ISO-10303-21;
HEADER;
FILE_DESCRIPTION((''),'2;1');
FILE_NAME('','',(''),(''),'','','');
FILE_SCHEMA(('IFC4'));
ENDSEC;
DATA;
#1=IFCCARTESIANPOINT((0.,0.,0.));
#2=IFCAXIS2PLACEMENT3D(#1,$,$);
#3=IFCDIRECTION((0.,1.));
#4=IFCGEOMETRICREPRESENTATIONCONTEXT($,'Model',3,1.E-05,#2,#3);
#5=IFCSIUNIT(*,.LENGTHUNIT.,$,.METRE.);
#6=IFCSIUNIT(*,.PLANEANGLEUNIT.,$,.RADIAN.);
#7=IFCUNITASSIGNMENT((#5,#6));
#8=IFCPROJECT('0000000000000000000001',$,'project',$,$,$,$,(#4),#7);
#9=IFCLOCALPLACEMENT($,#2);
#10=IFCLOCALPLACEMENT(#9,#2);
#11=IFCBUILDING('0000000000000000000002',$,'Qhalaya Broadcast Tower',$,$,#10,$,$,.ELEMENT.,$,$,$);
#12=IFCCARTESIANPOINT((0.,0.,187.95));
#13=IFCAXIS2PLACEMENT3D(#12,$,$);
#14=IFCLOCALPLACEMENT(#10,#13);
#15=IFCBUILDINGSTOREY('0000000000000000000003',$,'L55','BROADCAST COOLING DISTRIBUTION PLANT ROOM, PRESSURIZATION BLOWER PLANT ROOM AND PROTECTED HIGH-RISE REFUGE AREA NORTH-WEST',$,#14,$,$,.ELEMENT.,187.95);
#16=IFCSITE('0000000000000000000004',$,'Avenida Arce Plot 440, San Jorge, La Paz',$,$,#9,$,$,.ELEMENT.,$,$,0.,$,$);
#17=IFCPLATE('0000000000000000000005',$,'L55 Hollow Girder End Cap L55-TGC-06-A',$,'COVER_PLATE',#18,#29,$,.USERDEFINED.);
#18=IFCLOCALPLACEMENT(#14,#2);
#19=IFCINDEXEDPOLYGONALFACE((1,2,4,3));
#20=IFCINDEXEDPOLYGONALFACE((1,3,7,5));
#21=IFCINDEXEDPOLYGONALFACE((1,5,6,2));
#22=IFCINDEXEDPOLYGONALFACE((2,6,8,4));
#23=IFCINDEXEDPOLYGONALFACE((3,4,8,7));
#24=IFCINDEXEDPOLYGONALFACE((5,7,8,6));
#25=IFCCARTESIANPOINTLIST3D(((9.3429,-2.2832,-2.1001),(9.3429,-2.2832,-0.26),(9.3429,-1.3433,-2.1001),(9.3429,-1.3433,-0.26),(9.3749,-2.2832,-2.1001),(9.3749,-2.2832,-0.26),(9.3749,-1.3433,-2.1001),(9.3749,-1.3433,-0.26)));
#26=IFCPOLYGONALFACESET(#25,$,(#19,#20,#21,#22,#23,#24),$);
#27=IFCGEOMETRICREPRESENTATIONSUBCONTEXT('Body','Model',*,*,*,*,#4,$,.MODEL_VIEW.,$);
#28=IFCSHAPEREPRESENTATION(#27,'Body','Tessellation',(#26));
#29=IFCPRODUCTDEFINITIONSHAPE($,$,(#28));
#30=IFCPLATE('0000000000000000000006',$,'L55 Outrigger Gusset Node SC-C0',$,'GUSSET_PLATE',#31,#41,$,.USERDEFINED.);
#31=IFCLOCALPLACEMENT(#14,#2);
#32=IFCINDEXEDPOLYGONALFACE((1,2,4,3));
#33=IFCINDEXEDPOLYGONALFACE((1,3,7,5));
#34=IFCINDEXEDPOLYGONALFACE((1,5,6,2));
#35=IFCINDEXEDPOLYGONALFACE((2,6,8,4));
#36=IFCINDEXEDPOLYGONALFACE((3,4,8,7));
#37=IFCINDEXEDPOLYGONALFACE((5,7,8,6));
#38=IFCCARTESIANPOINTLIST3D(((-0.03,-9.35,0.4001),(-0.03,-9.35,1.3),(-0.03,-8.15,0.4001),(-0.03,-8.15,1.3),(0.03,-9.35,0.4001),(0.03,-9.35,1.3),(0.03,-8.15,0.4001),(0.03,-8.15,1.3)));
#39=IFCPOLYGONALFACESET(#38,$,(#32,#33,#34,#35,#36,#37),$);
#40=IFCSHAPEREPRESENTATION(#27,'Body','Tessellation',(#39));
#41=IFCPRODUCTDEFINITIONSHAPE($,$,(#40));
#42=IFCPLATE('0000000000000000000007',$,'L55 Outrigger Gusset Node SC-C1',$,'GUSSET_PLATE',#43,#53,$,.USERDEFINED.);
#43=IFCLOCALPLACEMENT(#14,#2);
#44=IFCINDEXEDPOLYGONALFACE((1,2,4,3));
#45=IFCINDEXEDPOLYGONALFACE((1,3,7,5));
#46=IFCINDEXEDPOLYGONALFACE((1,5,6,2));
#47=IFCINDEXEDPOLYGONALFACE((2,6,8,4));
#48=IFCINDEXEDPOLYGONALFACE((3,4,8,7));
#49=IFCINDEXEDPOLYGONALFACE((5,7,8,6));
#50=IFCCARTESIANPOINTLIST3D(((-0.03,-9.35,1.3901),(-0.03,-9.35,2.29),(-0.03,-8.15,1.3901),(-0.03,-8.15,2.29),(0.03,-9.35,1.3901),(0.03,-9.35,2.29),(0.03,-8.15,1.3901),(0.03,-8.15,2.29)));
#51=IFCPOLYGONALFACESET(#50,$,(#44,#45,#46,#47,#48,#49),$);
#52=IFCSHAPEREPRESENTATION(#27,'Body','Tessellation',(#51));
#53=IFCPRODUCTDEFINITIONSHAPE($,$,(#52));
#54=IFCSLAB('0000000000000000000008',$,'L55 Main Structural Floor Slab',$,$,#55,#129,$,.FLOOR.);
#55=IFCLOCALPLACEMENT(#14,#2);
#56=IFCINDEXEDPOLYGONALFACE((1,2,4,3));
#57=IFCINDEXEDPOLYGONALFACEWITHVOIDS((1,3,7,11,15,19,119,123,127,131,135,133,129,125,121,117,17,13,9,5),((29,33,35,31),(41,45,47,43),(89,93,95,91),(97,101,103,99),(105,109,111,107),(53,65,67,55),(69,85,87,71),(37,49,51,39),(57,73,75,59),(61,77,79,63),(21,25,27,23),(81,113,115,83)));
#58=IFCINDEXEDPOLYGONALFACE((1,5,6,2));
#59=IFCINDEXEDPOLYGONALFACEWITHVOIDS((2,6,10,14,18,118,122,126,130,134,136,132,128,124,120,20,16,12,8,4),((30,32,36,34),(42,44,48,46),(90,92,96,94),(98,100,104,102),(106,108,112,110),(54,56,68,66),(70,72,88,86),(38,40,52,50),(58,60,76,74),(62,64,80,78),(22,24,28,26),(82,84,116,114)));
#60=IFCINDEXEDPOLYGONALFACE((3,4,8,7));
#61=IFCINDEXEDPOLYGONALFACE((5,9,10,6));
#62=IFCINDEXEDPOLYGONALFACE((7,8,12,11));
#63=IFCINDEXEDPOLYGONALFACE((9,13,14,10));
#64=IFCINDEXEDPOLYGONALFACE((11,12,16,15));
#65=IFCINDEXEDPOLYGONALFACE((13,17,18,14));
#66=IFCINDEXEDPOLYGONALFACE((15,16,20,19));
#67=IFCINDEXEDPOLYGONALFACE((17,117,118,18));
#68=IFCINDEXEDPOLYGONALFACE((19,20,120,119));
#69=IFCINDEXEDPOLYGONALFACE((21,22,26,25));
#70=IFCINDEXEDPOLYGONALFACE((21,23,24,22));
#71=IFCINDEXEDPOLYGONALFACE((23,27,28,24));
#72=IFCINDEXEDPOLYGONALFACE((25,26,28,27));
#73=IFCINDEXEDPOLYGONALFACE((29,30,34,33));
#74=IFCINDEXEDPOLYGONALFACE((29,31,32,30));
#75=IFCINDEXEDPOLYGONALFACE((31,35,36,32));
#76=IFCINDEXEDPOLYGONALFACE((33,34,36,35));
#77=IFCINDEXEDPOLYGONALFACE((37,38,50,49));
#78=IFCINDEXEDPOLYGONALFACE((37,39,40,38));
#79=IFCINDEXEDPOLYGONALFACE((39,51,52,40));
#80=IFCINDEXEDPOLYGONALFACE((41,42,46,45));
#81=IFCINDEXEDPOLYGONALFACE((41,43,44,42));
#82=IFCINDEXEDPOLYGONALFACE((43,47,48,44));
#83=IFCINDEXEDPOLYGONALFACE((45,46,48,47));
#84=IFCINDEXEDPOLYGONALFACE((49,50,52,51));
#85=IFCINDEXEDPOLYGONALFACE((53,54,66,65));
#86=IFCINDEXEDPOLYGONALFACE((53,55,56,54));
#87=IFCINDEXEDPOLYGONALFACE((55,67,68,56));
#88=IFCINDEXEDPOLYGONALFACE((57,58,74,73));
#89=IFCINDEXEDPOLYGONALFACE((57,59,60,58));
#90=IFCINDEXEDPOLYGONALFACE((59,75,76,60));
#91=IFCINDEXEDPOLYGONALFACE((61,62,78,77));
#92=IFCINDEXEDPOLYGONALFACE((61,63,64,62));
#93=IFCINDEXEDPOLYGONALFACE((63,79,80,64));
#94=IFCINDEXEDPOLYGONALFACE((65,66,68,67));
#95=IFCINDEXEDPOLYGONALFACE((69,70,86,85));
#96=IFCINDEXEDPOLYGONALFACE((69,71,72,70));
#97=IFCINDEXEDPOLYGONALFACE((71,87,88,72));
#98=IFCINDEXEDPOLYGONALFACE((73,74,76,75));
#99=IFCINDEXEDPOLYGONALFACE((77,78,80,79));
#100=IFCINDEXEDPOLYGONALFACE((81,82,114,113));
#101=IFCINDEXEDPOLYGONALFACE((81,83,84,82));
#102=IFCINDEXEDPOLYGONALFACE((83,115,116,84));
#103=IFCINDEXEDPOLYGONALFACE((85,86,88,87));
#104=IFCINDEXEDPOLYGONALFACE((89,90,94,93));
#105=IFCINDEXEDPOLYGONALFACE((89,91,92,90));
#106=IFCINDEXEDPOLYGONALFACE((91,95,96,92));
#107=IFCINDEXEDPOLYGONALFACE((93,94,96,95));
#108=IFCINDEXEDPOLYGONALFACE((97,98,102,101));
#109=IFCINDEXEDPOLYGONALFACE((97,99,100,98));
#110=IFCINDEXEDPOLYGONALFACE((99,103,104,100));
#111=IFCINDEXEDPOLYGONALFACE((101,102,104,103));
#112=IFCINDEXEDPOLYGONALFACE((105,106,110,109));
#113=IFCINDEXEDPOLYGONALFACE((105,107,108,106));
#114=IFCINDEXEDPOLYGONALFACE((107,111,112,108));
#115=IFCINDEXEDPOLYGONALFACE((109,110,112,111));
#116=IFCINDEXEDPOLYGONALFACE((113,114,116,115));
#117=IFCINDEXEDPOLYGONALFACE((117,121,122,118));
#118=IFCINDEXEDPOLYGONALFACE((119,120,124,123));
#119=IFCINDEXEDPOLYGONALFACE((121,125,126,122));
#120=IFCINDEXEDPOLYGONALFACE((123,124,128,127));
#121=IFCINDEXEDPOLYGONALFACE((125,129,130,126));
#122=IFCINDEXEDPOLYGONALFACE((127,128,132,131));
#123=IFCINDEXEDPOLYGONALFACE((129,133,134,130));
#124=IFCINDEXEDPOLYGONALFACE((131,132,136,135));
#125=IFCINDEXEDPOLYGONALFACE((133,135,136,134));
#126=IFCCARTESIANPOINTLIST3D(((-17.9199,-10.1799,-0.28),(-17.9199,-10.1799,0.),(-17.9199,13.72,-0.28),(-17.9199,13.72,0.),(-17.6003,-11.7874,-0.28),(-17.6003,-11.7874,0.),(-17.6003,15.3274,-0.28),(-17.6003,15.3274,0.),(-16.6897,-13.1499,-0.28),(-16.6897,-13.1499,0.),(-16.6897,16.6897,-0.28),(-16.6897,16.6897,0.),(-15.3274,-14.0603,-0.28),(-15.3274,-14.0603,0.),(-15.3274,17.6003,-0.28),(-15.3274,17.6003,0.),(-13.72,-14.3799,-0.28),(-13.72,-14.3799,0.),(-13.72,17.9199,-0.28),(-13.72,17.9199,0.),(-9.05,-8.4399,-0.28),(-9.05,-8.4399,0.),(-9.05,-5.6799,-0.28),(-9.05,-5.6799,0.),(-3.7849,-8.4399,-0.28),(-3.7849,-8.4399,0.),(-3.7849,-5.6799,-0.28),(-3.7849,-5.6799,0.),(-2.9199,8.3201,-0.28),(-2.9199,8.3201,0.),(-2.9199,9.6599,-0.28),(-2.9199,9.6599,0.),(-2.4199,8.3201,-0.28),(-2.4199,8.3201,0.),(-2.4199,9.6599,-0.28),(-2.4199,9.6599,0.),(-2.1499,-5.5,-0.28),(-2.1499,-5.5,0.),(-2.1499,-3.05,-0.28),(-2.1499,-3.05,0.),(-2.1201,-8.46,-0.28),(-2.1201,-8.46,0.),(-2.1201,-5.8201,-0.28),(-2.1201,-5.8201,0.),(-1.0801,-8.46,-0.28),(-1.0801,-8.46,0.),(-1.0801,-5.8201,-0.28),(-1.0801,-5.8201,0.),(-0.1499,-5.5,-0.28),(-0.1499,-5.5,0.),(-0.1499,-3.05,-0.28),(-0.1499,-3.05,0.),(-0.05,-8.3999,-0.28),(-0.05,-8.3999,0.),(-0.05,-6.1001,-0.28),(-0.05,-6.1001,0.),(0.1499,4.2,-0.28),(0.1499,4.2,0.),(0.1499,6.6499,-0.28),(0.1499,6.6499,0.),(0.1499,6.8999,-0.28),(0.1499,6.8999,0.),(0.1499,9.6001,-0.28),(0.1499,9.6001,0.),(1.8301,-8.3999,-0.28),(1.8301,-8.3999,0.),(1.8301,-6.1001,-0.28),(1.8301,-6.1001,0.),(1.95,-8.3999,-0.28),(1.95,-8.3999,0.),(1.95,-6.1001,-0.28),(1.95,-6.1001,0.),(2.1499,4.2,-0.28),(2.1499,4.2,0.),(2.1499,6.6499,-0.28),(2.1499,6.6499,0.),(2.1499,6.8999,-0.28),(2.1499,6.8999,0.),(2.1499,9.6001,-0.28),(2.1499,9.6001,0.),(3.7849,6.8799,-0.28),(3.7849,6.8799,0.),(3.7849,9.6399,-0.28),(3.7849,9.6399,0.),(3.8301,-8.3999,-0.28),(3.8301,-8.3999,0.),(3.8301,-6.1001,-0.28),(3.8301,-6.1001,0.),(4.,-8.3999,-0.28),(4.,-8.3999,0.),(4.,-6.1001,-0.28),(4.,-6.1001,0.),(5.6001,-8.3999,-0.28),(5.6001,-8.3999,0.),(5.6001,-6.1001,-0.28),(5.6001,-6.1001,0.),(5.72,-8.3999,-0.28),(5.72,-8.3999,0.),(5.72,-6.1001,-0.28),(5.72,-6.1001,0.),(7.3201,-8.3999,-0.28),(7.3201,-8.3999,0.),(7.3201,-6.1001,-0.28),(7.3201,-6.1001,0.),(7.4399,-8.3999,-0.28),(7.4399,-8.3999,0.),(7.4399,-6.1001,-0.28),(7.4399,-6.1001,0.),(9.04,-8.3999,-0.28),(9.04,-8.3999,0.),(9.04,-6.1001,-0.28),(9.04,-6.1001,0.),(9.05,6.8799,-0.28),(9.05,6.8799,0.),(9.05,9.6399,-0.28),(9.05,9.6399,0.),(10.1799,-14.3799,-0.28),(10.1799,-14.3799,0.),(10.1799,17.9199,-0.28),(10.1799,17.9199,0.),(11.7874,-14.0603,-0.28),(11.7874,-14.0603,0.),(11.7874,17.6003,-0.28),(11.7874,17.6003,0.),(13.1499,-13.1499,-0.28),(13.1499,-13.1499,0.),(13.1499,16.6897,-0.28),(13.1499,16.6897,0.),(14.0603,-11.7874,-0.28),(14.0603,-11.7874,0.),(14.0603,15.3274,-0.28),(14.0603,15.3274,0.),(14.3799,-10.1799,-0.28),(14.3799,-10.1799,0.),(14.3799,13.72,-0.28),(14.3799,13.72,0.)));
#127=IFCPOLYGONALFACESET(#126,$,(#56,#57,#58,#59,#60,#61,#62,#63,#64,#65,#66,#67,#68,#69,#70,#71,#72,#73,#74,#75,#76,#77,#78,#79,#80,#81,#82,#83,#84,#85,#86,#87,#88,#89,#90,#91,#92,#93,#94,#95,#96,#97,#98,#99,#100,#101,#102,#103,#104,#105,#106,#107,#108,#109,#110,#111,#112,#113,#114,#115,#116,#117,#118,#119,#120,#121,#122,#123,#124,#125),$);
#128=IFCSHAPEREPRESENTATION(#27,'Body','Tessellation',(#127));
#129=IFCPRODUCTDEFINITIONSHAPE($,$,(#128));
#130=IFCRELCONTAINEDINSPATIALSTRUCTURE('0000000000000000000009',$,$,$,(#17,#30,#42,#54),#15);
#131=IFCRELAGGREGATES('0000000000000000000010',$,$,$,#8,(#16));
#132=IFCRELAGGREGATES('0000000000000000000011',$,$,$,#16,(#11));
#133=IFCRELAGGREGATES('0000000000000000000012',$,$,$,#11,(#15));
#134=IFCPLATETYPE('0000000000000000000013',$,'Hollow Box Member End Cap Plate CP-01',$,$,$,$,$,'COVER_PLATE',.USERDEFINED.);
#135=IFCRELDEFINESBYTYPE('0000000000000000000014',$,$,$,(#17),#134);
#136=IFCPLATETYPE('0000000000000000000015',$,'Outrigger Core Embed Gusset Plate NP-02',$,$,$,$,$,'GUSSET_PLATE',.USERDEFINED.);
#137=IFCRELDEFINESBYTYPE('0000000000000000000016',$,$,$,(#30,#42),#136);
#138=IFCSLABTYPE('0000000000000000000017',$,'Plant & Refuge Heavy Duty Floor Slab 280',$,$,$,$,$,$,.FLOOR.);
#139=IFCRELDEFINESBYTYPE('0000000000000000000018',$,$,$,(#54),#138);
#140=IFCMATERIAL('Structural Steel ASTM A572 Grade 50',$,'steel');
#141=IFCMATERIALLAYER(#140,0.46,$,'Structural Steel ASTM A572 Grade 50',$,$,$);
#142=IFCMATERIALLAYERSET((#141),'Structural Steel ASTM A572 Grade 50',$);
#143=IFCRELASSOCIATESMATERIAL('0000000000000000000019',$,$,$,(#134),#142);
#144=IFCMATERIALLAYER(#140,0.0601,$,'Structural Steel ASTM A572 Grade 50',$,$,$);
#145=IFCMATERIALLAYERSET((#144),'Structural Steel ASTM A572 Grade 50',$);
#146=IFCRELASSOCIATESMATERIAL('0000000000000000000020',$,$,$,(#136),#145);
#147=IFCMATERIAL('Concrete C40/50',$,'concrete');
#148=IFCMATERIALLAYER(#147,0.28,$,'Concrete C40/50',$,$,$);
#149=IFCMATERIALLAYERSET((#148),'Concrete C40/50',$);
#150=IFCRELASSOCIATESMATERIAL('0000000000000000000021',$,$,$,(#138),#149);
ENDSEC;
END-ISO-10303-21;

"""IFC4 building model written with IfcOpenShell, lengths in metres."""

from ifc_helpers import new_model, si_unit, direction, frame, origin, origin_2d, place, context, subcontext, project, spatial, polyline, rectangle, outline, extrude, material, layer, layer_set, type_object, element, save


model = new_model("IFC4")

# Units and contexts
model_context = context("Model", 3, precision=1e-05, world=origin(), true_north=direction((0.0, 1.0)))
body_context = subcontext(model_context, "Body", "Model", "MODEL_VIEW")
ifc_project = project(units=[si_unit("LENGTHUNIT", "METRE"), si_unit("PLANEANGLEUNIT", "RADIAN")], contexts=[model_context])

# Site, building, storey
site_placement = place(None, origin())
site = spatial("IfcSite", under=ifc_project, at=site_placement, Name="Avenida Arce Plot 440, San Jorge, La Paz", CompositionType="ELEMENT", RefElevation=0.0)
building_placement = place(site_placement, origin())
building = spatial("IfcBuilding", under=site, at=building_placement, Name="Qhalaya Broadcast Tower", CompositionType="ELEMENT")
storey_placement = place(building_placement, frame((0.0, 0.0, 187.95)))
storey = spatial("IfcBuildingStorey", under=building, at=storey_placement, Name="L55", Description="BROADCAST COOLING DISTRIBUTION PLANT ROOM, PRESSURIZATION BLOWER PLANT ROOM AND PROTECTED HIGH-RISE REFUGE AREA NORTH-WEST", CompositionType="ELEMENT", Elevation=187.95)

# Shared definitions
ifc_material_1 = material(Name="Structural Steel ASTM A572 Grade 50", Category="steel")

# Plates
ifc_layer_1 = layer(ifc_material_1, 0.46, Name="Structural Steel ASTM A572 Grade 50")
ifc_layer_set_1 = layer_set([ifc_layer_1], Name="Structural Steel ASTM A572 Grade 50")
plate_type_1 = type_object("IfcPlateType", Name="Hollow Box Member End Cap Plate CP-01", ElementType="COVER_PLATE", PredefinedType="USERDEFINED", material=ifc_layer_set_1)
for number, where, z_axis, x_axis, name in (
    (1, (9.3589, -1.8132, -2.1001), (0.0, 0.0, 1.0), (0.0, 1.0, 0.0), "L55 Hollow Girder End Cap L55-TGC-06-A"),
):
    element("IfcPlate", number, at=place(storey_placement, frame(where, z_axis=z_axis, x_axis=x_axis)), inside=storey, type_object=plate_type_1, Name=name, ObjectType="COVER_PLATE", PredefinedType="USERDEFINED", context=body_context, shape_type="SweptSolid", body=[
        extrude(rectangle(XDim=0.9399, YDim=0.032, at=origin_2d()), origin(), (0.0, 0.0, 1.0), 1.8401),
    ])
ifc_layer_2 = layer(ifc_material_1, 0.0601, Name="Structural Steel ASTM A572 Grade 50")
ifc_layer_set_2 = layer_set([ifc_layer_2], Name="Structural Steel ASTM A572 Grade 50")
plate_type_2 = type_object("IfcPlateType", Name="Outrigger Core Embed Gusset Plate NP-02", ElementType="GUSSET_PLATE", PredefinedType="USERDEFINED", material=ifc_layer_set_2)
for number, where, z_axis, x_axis, name in (
    (2, (0.0, -8.75, 0.4001), (0.0, 0.0, 1.0), (0.0, -1.0, 0.0), "L55 Outrigger Gusset Node SC-C0"),
    (3, (0.0, -8.75, 1.3901), (0.0, 0.0, 1.0), (0.0, -1.0, 0.0), "L55 Outrigger Gusset Node SC-C1"),
):
    element("IfcPlate", number, at=place(storey_placement, frame(where, z_axis=z_axis, x_axis=x_axis)), inside=storey, type_object=plate_type_2, Name=name, ObjectType="GUSSET_PLATE", PredefinedType="USERDEFINED", context=body_context, shape_type="SweptSolid", body=[
        extrude(rectangle(XDim=1.2, YDim=0.0601, at=origin_2d()), origin(), (0.0, 0.0, 1.0), 0.8999),
    ])

# Slab
ifc_material_2 = material(Name="Concrete C40/50", Category="concrete")
ifc_layer_3 = layer(ifc_material_2, 0.28, Name="Concrete C40/50")
ifc_layer_set_3 = layer_set([ifc_layer_3], Name="Concrete C40/50")
slab_type_1 = type_object("IfcSlabType", Name="Plant & Refuge Heavy Duty Floor Slab 280", PredefinedType="FLOOR", material=ifc_layer_set_3)
slab_1_placement = place(storey_placement, frame((0.0, 0.0, -0.28)))
element("IfcSlab", 4, at=slab_1_placement, inside=storey, type_object=slab_type_1, Name="L55 Main Structural Floor Slab", PredefinedType="FLOOR", context=body_context, shape_type="SweptSolid", body=[
    extrude(outline(polyline([(10.1799, -14.3799), (11.7874, -14.0603), (13.1499, -13.1499), (14.0603, -11.7874), (14.3799, -10.1799), (14.3799, 13.72), (14.0603, 15.3274), (13.1499, 16.6897), (11.7874, 17.6003), (10.1799, 17.9199), (-13.72, 17.9199), (-15.3274, 17.6003), (-16.6897, 16.6897), (-17.6003, 15.3274), (-17.9199, 13.72), (-17.9199, -10.1799), (-17.6003, -11.7874), (-16.6897, -13.1499), (-15.3274, -14.0603), (-13.72, -14.3799), (10.1799, -14.3799)]), holes=[polyline([(3.7849, 9.6399), (9.05, 9.6399), (9.05, 6.8799), (3.7849, 6.8799), (3.7849, 9.6399)]), polyline([(-3.7849, -8.4399), (-9.05, -8.4399), (-9.05, -5.6799), (-3.7849, -5.6799), (-3.7849, -8.4399)]), polyline([(0.1499, 6.6499), (2.1499, 6.6499), (2.1499, 4.2), (0.1499, 4.2), (0.1499, 6.6499)]), polyline([(0.1499, 9.6001), (2.1499, 9.6001), (2.1499, 6.8999), (0.1499, 6.8999), (0.1499, 9.6001)]), polyline([(-2.1499, -3.05), (-0.1499, -3.05), (-0.1499, -5.5), (-2.1499, -5.5), (-2.1499, -3.05)]), polyline([(-0.05, -6.1001), (1.8301, -6.1001), (1.8301, -8.3999), (-0.05, -8.3999), (-0.05, -6.1001)]), polyline([(1.95, -6.1001), (3.8301, -6.1001), (3.8301, -8.3999), (1.95, -8.3999), (1.95, -6.1001)]), polyline([(4.0, -6.1001), (5.6001, -6.1001), (5.6001, -8.3999), (4.0, -8.3999), (4.0, -6.1001)]), polyline([(5.72, -6.1001), (7.3201, -6.1001), (7.3201, -8.3999), (5.72, -8.3999), (5.72, -6.1001)]), polyline([(7.4399, -6.1001), (9.04, -6.1001), (9.04, -8.3999), (7.4399, -8.3999), (7.4399, -6.1001)]), polyline([(-2.9199, 9.6599), (-2.4199, 9.6599), (-2.4199, 8.3201), (-2.9199, 8.3201), (-2.9199, 9.6599)]), polyline([(-2.1201, -5.8201), (-1.0801, -5.8201), (-1.0801, -8.46), (-2.1201, -8.46), (-2.1201, -5.8201)])]), origin(), (0.0, 0.0, 1.0), 0.28),
])

save(model, "model.ifc")
